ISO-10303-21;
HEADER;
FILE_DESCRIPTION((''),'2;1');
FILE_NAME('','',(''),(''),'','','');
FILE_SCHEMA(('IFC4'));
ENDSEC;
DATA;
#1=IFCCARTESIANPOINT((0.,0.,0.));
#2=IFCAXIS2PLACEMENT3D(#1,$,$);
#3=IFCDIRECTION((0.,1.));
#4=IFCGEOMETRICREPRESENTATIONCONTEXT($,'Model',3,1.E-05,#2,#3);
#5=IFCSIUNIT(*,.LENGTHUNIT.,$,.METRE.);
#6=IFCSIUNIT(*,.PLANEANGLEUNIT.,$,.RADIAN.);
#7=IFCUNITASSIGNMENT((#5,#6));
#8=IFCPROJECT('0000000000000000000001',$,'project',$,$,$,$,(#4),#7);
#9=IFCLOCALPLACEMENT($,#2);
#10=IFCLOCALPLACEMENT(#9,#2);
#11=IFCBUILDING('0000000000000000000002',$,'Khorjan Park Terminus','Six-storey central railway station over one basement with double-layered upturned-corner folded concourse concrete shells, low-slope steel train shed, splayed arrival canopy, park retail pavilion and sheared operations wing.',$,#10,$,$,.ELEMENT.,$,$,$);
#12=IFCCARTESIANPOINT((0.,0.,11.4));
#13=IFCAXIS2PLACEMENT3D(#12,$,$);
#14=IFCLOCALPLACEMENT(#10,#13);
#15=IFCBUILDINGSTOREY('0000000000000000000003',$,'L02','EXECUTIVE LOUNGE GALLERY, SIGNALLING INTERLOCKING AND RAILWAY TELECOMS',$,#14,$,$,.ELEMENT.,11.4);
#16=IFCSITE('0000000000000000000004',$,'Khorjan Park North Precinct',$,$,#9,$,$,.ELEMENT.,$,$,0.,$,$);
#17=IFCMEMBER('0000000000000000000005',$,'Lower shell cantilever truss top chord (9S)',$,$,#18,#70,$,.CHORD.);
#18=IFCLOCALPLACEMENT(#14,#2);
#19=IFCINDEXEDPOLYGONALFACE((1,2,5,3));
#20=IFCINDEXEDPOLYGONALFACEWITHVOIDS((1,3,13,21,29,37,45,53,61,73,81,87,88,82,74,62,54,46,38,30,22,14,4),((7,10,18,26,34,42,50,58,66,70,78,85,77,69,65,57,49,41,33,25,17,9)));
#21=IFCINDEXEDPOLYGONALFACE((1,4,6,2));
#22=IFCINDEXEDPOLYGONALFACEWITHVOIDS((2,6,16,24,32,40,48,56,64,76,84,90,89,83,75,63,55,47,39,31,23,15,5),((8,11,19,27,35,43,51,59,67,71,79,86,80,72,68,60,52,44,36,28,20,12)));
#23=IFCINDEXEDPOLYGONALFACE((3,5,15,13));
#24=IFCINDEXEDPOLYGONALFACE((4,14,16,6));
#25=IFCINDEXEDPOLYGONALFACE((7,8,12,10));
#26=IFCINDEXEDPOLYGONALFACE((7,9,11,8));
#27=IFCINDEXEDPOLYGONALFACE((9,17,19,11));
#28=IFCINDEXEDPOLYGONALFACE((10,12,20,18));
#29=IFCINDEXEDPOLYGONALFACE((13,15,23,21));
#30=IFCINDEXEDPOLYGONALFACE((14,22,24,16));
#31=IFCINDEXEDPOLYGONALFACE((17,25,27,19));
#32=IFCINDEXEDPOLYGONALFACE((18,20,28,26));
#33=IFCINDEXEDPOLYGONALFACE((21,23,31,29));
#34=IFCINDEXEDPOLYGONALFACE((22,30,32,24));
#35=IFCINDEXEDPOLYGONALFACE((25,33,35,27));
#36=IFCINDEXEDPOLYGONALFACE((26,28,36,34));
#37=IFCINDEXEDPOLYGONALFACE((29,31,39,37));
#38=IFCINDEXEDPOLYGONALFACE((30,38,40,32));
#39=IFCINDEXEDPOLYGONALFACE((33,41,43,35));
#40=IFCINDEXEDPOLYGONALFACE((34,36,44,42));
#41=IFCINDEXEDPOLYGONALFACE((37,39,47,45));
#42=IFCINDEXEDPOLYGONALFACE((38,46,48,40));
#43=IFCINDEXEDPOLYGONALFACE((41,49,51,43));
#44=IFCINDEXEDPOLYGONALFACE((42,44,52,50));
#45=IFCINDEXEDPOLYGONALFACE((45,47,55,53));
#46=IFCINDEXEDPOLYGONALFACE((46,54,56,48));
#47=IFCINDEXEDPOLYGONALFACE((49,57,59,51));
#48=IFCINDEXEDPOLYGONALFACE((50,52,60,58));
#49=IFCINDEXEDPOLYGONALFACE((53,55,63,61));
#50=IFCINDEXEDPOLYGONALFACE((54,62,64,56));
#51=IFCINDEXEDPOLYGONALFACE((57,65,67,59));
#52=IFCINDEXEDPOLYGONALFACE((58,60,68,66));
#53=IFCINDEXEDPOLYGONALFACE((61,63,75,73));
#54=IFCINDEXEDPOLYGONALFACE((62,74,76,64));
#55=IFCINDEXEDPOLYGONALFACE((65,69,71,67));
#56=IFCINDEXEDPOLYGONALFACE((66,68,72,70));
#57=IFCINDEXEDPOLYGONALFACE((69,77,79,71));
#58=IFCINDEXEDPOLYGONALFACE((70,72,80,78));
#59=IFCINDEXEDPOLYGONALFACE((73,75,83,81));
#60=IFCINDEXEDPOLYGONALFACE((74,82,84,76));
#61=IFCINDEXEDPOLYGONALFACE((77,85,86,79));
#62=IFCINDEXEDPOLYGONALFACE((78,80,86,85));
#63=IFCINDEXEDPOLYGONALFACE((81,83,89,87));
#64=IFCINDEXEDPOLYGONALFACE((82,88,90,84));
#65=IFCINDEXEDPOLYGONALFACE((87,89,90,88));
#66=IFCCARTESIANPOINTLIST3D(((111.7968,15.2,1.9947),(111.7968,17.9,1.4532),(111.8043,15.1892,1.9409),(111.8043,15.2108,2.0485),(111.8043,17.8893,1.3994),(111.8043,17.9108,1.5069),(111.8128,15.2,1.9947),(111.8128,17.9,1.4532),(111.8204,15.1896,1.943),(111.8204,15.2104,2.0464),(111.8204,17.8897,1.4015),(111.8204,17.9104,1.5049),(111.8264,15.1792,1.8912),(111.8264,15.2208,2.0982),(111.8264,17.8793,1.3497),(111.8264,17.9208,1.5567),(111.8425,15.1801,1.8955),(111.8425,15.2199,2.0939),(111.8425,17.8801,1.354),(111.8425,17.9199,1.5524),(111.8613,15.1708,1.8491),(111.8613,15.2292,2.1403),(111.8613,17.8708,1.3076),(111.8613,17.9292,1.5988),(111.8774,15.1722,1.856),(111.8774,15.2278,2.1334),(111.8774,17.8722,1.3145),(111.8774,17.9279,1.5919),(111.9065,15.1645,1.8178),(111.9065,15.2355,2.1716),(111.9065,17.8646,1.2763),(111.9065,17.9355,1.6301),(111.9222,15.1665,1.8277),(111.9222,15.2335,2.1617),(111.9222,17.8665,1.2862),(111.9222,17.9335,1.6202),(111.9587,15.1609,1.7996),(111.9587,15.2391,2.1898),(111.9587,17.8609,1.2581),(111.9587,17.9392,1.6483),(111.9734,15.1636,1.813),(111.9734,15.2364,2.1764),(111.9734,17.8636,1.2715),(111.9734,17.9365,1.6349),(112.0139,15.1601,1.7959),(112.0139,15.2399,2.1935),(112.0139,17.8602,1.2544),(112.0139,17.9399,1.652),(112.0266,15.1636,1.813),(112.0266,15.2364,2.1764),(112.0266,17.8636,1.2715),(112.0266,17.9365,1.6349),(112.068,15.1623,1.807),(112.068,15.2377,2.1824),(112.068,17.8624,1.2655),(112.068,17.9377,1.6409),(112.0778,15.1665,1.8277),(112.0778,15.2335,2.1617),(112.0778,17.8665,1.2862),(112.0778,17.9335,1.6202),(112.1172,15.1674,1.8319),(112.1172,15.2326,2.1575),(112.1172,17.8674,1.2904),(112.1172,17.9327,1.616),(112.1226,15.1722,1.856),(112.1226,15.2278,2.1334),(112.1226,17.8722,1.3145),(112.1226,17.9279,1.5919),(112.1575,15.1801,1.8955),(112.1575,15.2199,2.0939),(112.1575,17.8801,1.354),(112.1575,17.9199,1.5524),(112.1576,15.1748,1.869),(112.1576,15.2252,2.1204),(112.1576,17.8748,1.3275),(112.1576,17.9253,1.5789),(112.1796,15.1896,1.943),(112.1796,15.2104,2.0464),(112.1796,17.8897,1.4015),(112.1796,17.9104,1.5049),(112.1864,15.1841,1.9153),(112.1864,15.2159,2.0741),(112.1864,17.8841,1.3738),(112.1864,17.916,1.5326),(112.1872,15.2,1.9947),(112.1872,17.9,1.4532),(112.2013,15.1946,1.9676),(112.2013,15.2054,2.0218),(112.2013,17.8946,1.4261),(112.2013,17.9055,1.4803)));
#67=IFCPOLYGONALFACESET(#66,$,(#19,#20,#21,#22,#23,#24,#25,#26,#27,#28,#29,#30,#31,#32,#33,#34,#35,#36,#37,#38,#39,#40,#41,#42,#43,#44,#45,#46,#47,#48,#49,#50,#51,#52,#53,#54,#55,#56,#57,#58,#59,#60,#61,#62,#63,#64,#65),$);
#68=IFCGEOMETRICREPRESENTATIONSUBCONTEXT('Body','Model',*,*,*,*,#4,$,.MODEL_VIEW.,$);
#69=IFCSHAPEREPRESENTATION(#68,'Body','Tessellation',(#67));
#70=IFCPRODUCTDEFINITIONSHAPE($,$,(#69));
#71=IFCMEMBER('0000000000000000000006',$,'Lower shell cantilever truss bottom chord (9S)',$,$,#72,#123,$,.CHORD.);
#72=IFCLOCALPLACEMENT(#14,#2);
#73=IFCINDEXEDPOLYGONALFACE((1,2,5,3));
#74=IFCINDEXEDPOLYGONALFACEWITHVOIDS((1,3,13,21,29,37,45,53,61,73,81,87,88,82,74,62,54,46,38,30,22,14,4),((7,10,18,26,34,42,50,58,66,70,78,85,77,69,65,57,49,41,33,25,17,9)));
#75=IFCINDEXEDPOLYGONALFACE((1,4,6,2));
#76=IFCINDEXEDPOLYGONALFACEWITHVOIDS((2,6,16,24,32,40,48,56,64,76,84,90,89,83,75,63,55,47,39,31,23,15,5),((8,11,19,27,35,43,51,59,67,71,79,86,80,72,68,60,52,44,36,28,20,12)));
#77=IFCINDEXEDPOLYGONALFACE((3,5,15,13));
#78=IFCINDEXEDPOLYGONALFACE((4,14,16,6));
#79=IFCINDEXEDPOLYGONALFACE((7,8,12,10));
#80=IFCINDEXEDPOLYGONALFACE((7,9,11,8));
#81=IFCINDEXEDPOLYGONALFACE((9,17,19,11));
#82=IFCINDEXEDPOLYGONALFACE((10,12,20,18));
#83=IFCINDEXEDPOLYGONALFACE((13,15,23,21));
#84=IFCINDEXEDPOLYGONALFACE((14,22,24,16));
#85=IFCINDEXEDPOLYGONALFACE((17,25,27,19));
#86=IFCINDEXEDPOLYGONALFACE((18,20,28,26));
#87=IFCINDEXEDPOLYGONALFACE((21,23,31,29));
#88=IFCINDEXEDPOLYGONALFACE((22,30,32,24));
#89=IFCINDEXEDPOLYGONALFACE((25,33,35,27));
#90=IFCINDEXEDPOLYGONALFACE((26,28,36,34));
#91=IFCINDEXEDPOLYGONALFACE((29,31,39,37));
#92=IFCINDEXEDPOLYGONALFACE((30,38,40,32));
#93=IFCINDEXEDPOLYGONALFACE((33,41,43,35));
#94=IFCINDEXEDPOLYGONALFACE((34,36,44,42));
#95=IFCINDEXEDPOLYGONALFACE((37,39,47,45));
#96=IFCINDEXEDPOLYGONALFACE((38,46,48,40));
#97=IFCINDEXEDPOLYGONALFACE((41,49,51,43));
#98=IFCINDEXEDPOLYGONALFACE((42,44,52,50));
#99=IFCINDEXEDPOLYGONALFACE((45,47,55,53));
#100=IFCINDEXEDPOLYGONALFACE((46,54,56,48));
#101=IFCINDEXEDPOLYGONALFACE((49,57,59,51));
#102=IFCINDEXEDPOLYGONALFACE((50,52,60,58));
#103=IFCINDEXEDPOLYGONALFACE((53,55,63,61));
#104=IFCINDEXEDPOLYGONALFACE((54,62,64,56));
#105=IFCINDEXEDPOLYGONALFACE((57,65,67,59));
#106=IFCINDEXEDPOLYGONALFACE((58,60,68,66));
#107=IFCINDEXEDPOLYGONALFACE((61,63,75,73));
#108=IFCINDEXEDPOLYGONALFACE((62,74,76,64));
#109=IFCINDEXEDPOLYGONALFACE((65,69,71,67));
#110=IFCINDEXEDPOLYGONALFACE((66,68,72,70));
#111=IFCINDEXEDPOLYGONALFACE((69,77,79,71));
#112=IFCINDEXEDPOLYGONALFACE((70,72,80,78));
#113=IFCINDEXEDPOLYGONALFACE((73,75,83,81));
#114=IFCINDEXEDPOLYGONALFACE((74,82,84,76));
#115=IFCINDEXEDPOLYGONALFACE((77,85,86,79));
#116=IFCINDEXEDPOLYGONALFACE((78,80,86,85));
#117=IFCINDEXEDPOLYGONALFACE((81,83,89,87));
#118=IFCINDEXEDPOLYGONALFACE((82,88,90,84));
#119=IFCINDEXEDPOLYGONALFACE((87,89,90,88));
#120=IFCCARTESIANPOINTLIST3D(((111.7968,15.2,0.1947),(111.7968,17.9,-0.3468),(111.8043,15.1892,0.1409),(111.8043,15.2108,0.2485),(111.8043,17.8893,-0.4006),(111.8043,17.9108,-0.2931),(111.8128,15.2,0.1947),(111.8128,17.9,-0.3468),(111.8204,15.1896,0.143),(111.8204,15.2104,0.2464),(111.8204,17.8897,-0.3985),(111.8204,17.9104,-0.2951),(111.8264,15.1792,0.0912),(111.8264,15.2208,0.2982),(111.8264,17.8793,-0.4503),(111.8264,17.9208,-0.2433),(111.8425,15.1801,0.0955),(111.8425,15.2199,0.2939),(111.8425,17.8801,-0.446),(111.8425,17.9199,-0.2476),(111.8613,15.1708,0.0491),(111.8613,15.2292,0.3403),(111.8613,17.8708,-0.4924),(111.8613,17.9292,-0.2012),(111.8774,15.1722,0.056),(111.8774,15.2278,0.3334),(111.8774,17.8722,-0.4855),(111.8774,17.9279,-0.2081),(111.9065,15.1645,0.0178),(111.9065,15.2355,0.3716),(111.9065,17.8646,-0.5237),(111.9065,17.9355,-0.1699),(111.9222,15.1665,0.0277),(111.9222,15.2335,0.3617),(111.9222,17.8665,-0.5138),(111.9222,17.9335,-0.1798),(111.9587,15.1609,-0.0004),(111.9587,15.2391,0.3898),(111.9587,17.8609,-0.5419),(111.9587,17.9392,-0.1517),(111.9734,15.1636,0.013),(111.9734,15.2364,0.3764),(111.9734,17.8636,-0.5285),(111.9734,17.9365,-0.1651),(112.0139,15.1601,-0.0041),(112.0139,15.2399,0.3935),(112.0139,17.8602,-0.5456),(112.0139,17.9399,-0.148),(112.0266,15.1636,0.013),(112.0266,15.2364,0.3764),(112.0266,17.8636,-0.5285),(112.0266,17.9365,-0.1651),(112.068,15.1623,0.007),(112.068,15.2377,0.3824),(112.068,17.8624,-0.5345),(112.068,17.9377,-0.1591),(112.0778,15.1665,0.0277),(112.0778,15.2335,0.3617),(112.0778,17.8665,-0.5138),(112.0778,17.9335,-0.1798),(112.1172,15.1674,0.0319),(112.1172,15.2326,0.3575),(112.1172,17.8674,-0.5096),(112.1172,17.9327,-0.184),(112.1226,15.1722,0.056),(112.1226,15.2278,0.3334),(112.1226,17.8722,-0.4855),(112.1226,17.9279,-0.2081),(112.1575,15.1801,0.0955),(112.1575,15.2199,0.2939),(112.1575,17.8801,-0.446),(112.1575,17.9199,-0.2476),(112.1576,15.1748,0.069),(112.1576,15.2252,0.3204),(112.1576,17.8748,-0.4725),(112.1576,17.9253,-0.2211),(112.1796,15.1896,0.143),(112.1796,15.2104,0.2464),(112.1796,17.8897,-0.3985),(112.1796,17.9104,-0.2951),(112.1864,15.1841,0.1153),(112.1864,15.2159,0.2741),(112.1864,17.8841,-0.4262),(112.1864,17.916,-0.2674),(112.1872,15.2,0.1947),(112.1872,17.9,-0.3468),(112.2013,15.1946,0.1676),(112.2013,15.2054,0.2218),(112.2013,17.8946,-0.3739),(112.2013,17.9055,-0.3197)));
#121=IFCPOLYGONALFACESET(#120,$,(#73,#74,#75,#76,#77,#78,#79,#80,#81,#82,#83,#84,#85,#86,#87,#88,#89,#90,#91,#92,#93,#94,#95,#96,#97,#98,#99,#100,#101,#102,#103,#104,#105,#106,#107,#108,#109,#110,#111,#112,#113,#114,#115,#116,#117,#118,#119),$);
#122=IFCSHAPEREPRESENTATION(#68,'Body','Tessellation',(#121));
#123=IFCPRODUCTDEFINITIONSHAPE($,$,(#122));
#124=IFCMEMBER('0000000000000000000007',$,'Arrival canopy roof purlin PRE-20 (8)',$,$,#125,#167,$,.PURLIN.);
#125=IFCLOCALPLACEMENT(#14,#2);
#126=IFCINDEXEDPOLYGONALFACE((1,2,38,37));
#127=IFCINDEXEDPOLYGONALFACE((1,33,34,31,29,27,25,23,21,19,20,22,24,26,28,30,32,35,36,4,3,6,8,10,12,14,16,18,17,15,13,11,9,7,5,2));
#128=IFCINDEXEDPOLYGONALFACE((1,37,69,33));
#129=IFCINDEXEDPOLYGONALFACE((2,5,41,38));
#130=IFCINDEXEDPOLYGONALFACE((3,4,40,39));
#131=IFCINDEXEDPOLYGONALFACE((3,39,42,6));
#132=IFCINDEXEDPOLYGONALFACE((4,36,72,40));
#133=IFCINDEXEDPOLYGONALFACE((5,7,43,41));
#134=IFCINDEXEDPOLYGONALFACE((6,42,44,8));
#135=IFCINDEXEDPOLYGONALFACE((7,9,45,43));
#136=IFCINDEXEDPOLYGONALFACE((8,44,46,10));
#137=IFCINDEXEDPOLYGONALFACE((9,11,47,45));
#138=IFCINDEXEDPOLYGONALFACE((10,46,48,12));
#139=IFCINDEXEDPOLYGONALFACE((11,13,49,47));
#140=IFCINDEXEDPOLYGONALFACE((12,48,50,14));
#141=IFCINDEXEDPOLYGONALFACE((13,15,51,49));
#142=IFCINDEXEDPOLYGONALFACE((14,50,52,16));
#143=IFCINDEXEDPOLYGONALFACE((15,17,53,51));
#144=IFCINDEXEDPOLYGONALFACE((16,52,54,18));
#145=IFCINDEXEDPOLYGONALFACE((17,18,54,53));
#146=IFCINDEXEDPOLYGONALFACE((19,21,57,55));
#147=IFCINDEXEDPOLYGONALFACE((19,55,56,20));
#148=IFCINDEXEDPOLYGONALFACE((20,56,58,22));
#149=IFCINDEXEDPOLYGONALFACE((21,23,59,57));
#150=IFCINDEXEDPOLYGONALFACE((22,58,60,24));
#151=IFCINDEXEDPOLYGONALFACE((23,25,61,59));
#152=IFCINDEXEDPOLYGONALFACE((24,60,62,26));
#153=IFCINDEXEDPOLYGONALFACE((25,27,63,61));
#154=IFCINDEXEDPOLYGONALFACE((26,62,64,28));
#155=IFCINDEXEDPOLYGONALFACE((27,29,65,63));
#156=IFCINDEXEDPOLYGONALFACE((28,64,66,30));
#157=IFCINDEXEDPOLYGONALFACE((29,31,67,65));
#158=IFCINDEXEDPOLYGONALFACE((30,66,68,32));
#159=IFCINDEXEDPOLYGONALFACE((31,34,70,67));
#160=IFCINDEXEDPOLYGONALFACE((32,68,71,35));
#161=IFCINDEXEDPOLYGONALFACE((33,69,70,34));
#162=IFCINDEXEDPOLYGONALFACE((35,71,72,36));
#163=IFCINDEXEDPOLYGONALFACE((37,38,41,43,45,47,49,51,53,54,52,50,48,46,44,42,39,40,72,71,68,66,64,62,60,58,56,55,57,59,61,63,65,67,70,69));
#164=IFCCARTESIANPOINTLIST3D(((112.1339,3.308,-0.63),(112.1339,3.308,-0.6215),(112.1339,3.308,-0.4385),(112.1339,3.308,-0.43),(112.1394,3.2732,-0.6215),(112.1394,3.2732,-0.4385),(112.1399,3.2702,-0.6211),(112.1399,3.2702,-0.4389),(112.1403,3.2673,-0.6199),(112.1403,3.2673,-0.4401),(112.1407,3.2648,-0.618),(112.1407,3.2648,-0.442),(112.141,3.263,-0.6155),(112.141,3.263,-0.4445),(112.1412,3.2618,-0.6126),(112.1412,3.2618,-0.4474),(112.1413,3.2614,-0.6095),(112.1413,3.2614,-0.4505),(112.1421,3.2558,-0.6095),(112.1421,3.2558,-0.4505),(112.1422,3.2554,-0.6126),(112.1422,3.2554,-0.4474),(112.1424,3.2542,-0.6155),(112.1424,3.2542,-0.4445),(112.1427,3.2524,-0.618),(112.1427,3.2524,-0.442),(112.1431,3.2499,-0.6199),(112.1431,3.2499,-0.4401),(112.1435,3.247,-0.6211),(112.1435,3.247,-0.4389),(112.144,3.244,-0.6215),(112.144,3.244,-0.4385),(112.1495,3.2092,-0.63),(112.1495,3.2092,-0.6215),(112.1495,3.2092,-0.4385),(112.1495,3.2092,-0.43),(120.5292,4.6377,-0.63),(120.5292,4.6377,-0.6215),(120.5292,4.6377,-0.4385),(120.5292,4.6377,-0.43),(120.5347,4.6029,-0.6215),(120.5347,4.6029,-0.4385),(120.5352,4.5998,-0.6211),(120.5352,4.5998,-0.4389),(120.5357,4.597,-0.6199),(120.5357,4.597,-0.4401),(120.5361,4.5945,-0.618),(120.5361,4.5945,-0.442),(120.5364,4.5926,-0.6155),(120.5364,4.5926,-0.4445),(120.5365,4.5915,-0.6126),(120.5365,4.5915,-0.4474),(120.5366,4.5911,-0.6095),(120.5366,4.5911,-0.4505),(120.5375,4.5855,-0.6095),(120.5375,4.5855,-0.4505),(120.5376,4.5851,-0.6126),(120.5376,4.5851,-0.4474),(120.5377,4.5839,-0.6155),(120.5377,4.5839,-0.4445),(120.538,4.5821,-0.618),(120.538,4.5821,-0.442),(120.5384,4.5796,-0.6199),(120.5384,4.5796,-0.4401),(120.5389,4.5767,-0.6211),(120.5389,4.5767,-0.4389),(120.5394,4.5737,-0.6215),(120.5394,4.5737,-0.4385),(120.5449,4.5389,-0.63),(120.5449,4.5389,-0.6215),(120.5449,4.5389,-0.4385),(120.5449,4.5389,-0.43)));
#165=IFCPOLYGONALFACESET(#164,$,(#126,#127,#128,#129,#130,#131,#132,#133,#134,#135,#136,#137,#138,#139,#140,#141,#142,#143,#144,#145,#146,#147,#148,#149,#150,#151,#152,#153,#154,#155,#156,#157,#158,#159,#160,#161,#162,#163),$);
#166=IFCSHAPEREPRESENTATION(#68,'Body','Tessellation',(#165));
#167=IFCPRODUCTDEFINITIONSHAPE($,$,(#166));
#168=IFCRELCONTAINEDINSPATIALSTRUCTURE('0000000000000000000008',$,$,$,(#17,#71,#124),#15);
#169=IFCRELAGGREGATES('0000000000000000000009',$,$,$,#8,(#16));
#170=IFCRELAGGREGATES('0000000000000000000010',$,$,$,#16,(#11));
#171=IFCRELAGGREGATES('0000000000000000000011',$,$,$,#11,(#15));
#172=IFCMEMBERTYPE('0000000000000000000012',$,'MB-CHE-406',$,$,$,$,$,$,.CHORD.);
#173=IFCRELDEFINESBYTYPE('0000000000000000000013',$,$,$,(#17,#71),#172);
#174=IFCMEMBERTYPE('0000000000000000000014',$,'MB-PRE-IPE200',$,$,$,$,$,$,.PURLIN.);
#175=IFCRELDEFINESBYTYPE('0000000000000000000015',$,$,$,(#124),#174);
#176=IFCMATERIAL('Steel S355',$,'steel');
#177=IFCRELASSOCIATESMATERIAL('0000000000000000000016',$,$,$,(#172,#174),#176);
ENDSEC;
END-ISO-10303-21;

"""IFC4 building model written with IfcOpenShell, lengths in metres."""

from ifc_helpers import new_model, si_unit, direction, frame, origin, origin_2d, place, context, subcontext, project, spatial, hollow_circle, i_section, extrude, material, material_profile, profile_set, type_object, element, save


model = new_model("IFC4")

# Units and contexts
model_context = context("Model", 3, precision=1e-05, world=origin(), true_north=direction((0.0, 1.0)))
body_context = subcontext(model_context, "Body", "Model", "MODEL_VIEW")
ifc_project = project(units=[si_unit("LENGTHUNIT", "METRE"), si_unit("PLANEANGLEUNIT", "RADIAN")], contexts=[model_context])

# Site, building, storey
site_placement = place(None, origin())
site = spatial("IfcSite", under=ifc_project, at=site_placement, Name="Khorjan Park North Precinct", CompositionType="ELEMENT", RefElevation=0.0)
building_placement = place(site_placement, origin())
building = spatial("IfcBuilding", under=site, at=building_placement, Name="Khorjan Park Terminus", Description="Six-storey central railway station over one basement with double-layered upturned-corner folded concourse concrete shells, low-slope steel train shed, splayed arrival canopy, park retail pavilion and sheared operations wing.", CompositionType="ELEMENT")
storey_placement = place(building_placement, frame((0.0, 0.0, 11.4)))
storey = spatial("IfcBuildingStorey", under=building, at=storey_placement, Name="L02", Description="EXECUTIVE LOUNGE GALLERY, SIGNALLING INTERLOCKING AND RAILWAY TELECOMS", CompositionType="ELEMENT", Elevation=11.4)

# Members
ifc_material_1 = material(Name="Steel S355", Category="steel")
ifc_material_profile_1 = material_profile(ifc_material_1, hollow_circle(Radius=0.2032, WallThickness=0.016, at=origin_2d()), Name="CHS 406.4x16")
ifc_profile_set_1 = profile_set([ifc_material_profile_1], Name="Steel S355")
member_type_1 = type_object("IfcMemberType", Name="MB-CHE-406", PredefinedType="CHORD", material=ifc_profile_set_1)
for number, where, z_axis, x_axis, name in (
    (1, (112.0, 15.2, 1.9947), (0.0, 0.980476, -0.19664), (-1.0, 0.0, 0.0), "Lower shell cantilever truss top chord (9S)"),
    (2, (112.0, 15.2, 0.1947), (0.0, 0.980476, -0.19664), (-1.0, 0.0, 0.0), "Lower shell cantilever truss bottom chord (9S)"),
):
    element("IfcMember", number, at=place(storey_placement, frame(where, z_axis=z_axis, x_axis=x_axis)), inside=storey, type_object=member_type_1, Name=name, PredefinedType="CHORD", context=body_context, shape_type="SweptSolid", body=[
        extrude(hollow_circle(Radius=0.2032, WallThickness=0.016, at=origin_2d()), origin(), (0.0, 0.0, 1.0), 2.7538),
    ])
ifc_material_profile_2 = material_profile(ifc_material_1, i_section(OverallWidth=0.1, OverallDepth=0.2, WebThickness=0.0056, FlangeThickness=0.0085, FilletRadius=0.012, at=origin_2d()), Name="IPE 200")
ifc_profile_set_2 = profile_set([ifc_material_profile_2], Name="Steel S355")
member_type_2 = type_object("IfcMemberType", Name="MB-PRE-IPE200", PredefinedType="PURLIN", material=ifc_profile_set_2)
for number, where, z_axis, x_axis, name in (
    (3, (112.1417, 3.2586, -0.53), (0.987688, 0.156434, 0.0), (-0.156434, 0.987688, 0.0), "Arrival canopy roof purlin PRE-20 (8)"),
):
    element("IfcMember", number, at=place(storey_placement, frame(where, z_axis=z_axis, x_axis=x_axis)), inside=storey, type_object=member_type_2, Name=name, PredefinedType="PURLIN", context=body_context, shape_type="SweptSolid", body=[
        extrude(i_section(OverallWidth=0.1, OverallDepth=0.2, WebThickness=0.0056, FlangeThickness=0.0085, FilletRadius=0.012, at=origin_2d()), origin(), (0.0, 0.0, 1.0), 8.5),
    ])

save(model, "model.ifc")
